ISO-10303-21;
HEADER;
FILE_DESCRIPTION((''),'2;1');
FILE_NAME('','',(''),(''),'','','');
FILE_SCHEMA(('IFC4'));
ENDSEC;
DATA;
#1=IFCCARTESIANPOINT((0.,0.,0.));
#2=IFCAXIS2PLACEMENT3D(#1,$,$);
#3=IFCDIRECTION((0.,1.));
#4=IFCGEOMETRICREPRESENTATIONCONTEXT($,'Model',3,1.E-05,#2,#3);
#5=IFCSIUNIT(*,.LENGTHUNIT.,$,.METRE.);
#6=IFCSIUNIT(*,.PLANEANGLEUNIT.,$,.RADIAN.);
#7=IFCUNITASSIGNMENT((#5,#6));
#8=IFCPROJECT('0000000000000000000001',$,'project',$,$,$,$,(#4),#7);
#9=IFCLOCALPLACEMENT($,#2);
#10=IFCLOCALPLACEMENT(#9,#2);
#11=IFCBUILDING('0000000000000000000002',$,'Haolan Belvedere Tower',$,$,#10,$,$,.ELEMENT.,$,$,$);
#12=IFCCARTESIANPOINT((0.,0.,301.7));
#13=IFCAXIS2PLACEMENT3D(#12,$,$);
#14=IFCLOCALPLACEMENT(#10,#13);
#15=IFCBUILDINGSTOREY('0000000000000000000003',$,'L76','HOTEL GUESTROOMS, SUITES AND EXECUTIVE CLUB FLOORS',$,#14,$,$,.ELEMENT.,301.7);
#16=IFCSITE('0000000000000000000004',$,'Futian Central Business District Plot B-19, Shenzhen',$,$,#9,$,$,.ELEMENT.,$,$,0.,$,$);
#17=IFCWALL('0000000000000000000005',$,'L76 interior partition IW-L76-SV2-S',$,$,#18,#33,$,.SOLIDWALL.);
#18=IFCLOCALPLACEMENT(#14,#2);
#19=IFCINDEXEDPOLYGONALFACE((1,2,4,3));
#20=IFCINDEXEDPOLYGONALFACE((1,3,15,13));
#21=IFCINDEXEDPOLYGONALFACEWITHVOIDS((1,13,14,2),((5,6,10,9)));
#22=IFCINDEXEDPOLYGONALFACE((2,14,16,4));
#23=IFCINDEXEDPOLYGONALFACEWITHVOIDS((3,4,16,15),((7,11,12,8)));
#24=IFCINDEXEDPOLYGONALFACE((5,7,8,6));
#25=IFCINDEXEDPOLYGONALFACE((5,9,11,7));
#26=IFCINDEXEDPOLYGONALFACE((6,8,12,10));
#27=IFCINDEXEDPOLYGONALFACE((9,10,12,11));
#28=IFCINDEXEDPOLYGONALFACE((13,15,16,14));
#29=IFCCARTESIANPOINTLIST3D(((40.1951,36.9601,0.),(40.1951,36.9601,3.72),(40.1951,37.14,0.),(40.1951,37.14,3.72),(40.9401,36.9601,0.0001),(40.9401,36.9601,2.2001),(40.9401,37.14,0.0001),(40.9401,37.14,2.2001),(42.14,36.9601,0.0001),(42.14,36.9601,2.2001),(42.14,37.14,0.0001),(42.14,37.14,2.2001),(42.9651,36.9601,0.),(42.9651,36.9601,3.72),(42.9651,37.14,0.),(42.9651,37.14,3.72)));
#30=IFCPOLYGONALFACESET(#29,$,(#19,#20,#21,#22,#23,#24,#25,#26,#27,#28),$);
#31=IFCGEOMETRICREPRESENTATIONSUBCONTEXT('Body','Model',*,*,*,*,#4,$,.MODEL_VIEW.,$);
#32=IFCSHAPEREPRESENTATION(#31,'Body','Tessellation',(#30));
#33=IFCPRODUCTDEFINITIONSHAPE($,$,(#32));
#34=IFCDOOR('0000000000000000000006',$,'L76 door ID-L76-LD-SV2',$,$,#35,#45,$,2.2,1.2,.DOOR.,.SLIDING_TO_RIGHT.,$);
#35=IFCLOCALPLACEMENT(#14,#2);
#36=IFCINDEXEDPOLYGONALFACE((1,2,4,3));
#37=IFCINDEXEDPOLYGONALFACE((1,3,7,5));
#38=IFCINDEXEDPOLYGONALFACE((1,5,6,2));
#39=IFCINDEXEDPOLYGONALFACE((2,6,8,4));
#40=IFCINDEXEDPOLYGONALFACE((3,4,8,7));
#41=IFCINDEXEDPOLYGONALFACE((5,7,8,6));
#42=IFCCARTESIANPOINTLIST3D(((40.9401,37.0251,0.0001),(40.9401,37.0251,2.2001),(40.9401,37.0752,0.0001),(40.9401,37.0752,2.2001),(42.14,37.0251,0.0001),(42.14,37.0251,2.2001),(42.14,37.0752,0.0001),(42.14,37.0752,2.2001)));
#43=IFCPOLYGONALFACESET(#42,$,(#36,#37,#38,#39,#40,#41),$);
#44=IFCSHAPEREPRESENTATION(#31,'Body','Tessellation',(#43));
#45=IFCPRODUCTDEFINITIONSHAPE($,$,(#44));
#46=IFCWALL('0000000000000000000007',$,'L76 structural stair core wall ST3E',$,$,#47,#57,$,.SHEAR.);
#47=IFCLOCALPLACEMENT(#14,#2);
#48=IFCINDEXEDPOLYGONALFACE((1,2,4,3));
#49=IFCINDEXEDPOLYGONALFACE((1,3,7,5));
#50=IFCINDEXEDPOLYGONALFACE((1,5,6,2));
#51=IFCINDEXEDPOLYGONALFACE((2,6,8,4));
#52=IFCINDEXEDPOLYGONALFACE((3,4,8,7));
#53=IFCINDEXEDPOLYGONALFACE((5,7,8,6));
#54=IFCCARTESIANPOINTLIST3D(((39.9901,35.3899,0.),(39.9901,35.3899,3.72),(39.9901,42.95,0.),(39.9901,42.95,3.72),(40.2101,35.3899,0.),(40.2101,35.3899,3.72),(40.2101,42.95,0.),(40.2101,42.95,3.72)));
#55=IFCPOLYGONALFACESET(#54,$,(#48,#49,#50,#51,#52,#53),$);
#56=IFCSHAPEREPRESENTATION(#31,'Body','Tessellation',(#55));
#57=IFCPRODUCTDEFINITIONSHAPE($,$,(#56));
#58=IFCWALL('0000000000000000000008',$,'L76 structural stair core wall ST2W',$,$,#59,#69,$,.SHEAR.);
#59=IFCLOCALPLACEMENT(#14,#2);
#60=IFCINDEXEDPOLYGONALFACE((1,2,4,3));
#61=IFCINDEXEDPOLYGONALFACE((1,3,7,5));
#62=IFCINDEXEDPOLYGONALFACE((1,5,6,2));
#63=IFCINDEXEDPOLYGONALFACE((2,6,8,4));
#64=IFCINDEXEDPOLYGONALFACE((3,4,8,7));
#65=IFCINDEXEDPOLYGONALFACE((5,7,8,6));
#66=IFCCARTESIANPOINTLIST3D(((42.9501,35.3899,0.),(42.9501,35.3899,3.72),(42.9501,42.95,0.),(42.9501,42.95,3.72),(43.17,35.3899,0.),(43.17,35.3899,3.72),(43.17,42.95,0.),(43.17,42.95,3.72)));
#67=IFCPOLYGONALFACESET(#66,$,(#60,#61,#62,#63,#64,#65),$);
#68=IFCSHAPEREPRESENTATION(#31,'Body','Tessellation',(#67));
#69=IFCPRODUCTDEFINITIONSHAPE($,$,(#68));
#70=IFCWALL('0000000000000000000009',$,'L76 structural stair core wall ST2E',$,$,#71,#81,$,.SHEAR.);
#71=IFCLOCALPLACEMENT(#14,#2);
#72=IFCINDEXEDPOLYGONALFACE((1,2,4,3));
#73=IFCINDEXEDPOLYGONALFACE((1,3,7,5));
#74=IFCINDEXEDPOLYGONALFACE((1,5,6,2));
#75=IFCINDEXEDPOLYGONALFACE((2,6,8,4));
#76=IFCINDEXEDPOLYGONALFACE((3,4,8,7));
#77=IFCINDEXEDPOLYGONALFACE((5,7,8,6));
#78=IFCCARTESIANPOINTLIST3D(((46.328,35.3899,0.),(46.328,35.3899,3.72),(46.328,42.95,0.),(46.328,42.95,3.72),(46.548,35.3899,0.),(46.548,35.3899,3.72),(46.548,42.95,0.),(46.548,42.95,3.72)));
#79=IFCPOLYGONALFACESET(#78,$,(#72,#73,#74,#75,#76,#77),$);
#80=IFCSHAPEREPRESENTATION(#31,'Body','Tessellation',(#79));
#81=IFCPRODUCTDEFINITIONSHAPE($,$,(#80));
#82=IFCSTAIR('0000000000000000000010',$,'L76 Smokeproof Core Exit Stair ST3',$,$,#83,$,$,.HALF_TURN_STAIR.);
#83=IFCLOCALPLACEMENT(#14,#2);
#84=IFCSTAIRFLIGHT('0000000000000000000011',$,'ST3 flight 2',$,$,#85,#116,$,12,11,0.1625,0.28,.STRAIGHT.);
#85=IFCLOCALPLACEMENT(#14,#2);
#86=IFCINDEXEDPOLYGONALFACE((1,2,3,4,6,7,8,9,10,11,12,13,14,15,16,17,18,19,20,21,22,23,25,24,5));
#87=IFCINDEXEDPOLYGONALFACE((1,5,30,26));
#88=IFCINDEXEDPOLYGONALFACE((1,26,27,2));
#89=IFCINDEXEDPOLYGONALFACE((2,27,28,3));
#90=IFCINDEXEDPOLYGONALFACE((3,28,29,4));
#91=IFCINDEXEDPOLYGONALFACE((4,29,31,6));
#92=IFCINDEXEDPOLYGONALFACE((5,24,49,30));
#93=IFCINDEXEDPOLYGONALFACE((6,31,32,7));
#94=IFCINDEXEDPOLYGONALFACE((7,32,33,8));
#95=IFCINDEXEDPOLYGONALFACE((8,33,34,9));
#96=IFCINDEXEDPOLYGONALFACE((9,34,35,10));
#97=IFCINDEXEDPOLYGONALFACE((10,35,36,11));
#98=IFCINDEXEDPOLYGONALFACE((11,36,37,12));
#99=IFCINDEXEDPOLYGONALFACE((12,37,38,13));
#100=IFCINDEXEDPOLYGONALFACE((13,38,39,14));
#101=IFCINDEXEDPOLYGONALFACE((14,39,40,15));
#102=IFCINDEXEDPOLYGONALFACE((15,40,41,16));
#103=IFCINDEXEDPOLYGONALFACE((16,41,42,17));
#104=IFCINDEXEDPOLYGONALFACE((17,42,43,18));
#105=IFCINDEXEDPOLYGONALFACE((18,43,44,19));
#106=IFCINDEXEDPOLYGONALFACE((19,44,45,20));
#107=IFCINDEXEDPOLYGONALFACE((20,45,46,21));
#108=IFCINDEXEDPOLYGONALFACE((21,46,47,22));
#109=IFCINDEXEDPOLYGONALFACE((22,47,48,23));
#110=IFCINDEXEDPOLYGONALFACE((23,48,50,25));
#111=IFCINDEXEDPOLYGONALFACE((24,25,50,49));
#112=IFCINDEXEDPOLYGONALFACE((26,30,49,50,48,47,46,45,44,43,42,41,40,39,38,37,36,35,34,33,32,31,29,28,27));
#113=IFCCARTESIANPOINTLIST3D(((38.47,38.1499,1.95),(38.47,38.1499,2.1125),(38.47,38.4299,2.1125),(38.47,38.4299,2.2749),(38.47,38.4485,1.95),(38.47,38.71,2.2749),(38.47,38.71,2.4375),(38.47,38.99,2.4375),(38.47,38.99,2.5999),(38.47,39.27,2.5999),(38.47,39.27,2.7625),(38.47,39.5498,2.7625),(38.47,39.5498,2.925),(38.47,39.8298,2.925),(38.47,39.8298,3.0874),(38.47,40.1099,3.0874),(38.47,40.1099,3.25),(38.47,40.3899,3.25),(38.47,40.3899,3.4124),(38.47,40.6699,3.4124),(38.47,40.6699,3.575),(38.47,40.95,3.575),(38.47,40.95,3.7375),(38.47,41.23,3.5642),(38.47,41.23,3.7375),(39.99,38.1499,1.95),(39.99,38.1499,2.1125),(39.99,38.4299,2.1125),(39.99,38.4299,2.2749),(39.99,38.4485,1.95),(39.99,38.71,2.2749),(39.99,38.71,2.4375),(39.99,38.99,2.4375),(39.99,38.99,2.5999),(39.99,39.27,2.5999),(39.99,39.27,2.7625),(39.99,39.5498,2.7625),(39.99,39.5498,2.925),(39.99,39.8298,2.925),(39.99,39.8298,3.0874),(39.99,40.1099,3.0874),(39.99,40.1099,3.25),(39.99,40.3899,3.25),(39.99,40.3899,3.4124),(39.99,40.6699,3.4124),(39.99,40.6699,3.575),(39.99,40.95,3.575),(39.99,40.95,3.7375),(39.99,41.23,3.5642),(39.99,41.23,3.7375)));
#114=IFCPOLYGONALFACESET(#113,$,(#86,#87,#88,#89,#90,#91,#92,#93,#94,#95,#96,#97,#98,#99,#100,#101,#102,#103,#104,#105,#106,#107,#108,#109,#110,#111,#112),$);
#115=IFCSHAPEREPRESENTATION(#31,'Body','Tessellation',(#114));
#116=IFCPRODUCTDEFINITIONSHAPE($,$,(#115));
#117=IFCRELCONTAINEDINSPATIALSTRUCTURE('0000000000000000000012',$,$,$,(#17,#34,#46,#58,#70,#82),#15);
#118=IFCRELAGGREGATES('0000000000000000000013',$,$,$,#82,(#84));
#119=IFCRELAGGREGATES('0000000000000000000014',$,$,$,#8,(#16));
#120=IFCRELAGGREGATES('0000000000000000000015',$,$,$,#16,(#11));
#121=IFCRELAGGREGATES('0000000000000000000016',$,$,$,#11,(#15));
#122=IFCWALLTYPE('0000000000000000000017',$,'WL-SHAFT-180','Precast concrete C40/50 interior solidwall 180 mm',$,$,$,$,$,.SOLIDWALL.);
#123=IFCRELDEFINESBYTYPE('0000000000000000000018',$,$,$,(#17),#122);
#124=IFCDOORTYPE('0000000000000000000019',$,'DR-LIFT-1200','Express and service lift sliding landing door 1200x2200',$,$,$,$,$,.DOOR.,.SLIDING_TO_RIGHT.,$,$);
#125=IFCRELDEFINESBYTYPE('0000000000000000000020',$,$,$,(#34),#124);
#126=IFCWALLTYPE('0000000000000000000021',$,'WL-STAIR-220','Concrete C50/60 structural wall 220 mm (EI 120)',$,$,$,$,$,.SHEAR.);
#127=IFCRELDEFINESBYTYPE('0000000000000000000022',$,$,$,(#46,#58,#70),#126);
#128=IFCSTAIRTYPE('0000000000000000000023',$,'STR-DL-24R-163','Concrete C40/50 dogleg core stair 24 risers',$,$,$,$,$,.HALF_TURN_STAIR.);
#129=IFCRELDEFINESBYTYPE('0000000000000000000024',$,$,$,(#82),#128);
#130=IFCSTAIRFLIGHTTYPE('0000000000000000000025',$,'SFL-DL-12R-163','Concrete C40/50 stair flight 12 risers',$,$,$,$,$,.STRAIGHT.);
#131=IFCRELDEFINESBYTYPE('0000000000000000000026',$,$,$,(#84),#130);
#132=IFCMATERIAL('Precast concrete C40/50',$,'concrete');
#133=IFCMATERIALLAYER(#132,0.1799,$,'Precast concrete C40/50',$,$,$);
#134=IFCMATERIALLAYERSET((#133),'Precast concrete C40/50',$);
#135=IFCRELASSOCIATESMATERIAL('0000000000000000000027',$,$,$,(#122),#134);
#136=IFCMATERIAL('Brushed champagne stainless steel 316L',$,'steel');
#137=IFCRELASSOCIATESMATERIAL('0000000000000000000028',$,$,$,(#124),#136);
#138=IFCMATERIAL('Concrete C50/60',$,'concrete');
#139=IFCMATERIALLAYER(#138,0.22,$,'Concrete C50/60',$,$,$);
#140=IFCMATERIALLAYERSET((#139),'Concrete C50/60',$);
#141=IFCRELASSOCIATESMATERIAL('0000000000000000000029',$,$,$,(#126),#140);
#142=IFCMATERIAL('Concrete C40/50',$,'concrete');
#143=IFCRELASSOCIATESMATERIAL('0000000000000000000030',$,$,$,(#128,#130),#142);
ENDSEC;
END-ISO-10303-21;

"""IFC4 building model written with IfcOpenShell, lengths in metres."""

from ifc_helpers import new_model, si_unit, direction, frame, frame_2d, origin, place, context, subcontext, project, spatial, polyline, rectangle, outline, extrude, material, layer, layer_set, type_object, element, fill, aggregate, save


model = new_model("IFC4")

# Units and contexts
model_context = context("Model", 3, precision=1e-05, world=origin(), true_north=direction((0.0, 1.0)))
body_context = subcontext(model_context, "Body", "Model", "MODEL_VIEW")
ifc_project = project(units=[si_unit("LENGTHUNIT", "METRE"), si_unit("PLANEANGLEUNIT", "RADIAN")], contexts=[model_context])

# Site, building, storey
site_placement = place(None, origin())
site = spatial("IfcSite", under=ifc_project, at=site_placement, Name="Futian Central Business District Plot B-19, Shenzhen", CompositionType="ELEMENT", RefElevation=0.0)
building_placement = place(site_placement, origin())
building = spatial("IfcBuilding", under=site, at=building_placement, Name="Haolan Belvedere Tower", CompositionType="ELEMENT")
storey_placement = place(building_placement, frame((0.0, 0.0, 301.7)))
storey = spatial("IfcBuildingStorey", under=building, at=storey_placement, Name="L76", Description="HOTEL GUESTROOMS, SUITES AND EXECUTIVE CLUB FLOORS", CompositionType="ELEMENT", Elevation=301.7)

# Shared definitions
ifc_material_1 = material(Name="Concrete C50/60", Category="concrete")

# Shared definitions
ifc_material_2 = material(Name="Precast concrete C40/50", Category="concrete")

# Shared definitions
ifc_material_3 = material(Name="Brushed champagne stainless steel 316L", Category="steel")

# Wall, opening, door
ifc_layer_1 = layer(ifc_material_2, 0.1799, Name="Precast concrete C40/50")
ifc_layer_set_1 = layer_set([ifc_layer_1], Name="Precast concrete C40/50")
wall_type_1 = type_object("IfcWallType", Name="WL-SHAFT-180", Description="Precast concrete C40/50 interior solidwall 180 mm", PredefinedType="SOLIDWALL", material=ifc_layer_set_1)
wall_1_placement = place(storey_placement, frame((40.1951, 37.05, 0.0), z_axis=(0.0, 0.0, 1.0), x_axis=(1.0, 0.0, 0.0)))
wall_1 = element("IfcWall", 1, at=wall_1_placement, inside=storey, type_object=wall_type_1, Name="L76 interior partition IW-L76-SV2-S", PredefinedType="SOLIDWALL", context=body_context, shape_type="SweptSolid", body=[
    extrude(rectangle(XDim=2.77, YDim=0.1799, at=frame_2d((1.385, 0.0))), origin(), (0.0, 0.0, 1.0), 3.72),
])
opening_1_placement = place(wall_1_placement, frame((1.9451, 0.0, 0.0), z_axis=(0.0, 0.0, 1.0), x_axis=(-1.0, 0.0, 0.0)))
opening_1 = element("IfcOpeningElement", 2, at=opening_1_placement, cuts=wall_1, PredefinedType="OPENING", context=body_context, shape_type="SweptSolid", body=[
    extrude(rectangle(XDim=1.2, YDim=2.2, at=frame_2d((0.6001, 1.1001))), frame((0.0, 0.0999, 0.0), z_axis=(0.0, -1.0, 0.0), x_axis=(1.0, 0.0, 0.0)), (0.0, 0.0, 1.0), 0.2),
])
door_type_1 = type_object("IfcDoorType", Name="DR-LIFT-1200", Description="Express and service lift sliding landing door 1200x2200", OperationType="SLIDING_TO_RIGHT", PredefinedType="DOOR", material=ifc_material_3)
door_1_placement = place(opening_1_placement, origin())
door_1 = element("IfcDoor", 3, at=door_1_placement, inside=storey, type_object=door_type_1, Name="L76 door ID-L76-LD-SV2", OperationType="SLIDING_TO_RIGHT", OverallHeight=2.2, OverallWidth=1.2, PredefinedType="DOOR", context=body_context, shape_type="SweptSolid", body=[
    extrude(rectangle(XDim=1.2, YDim=2.2, at=frame_2d((0.6001, 1.1001))), frame((0.0, 0.0249, 0.0), z_axis=(0.0, -1.0, 0.0), x_axis=(1.0, 0.0, 0.0)), (0.0, 0.0, 1.0), 0.05),
])
fill(opening_1, door_1)

# Walls
ifc_layer_2 = layer(ifc_material_1, 0.22, Name="Concrete C50/60")
ifc_layer_set_2 = layer_set([ifc_layer_2], Name="Concrete C50/60")
wall_type_2 = type_object("IfcWallType", Name="WL-STAIR-220", Description="Concrete C50/60 structural wall 220 mm (EI 120)", PredefinedType="SHEAR", material=ifc_layer_set_2)
for number, where, z_axis, x_axis, name in (
    (4, (40.1001, 35.3899, 0.0), (0.0, 0.0, 1.0), (0.0, 1.0, 0.0), "L76 structural stair core wall ST3E"),
    (5, (43.0601, 35.3899, 0.0), (0.0, 0.0, 1.0), (0.0, 1.0, 0.0), "L76 structural stair core wall ST2W"),
    (6, (46.438, 35.3899, 0.0), (0.0, 0.0, 1.0), (0.0, 1.0, 0.0), "L76 structural stair core wall ST2E"),
):
    element("IfcWall", number, at=place(storey_placement, frame(where, z_axis=z_axis, x_axis=x_axis)), inside=storey, type_object=wall_type_2, Name=name, PredefinedType="SHEAR", context=body_context, shape_type="SweptSolid", body=[
        extrude(rectangle(XDim=7.5601, YDim=0.22, at=frame_2d((3.78, 0.0))), origin(), (0.0, 0.0, 1.0), 3.72),
    ])

# Stair, stair flight
ifc_material_4 = material(Name="Concrete C40/50", Category="concrete")
stair_type = type_object("IfcStairType", Name="STR-DL-24R-163", Description="Concrete C40/50 dogleg core stair 24 risers", PredefinedType="HALF_TURN_STAIR", material=ifc_material_4)
stair_placement = place(storey_placement, origin())
stair = element("IfcStair", 7, at=stair_placement, inside=storey, type_object=stair_type, Name="L76 Smokeproof Core Exit Stair ST3", PredefinedType="HALF_TURN_STAIR")
stair_flight_type = type_object("IfcStairFlightType", Name="SFL-DL-12R-163", Description="Concrete C40/50 stair flight 12 risers", PredefinedType="STRAIGHT", material=ifc_material_4)
stair_flight_placement = place(storey_placement, frame((39.23, 38.1499, 1.95), z_axis=(0.0, 0.0, 1.0), x_axis=(0.0, 1.0, 0.0)))
stair_flight = element("IfcStairFlight", 8, at=stair_flight_placement, type_object=stair_flight_type, Name="ST3 flight 2", NumberOfRisers=12, NumberOfTreads=11, PredefinedType="STRAIGHT", RiserHeight=0.1625, TreadLength=0.28, context=body_context, shape_type="SweptSolid", body=[
    extrude(outline(polyline([(0.0, 0.0), (0.0, 0.1626), (0.28, 0.1626), (0.28, 0.325), (0.5601, 0.325), (0.5601, 0.4875), (0.8401, 0.4875), (0.8401, 0.6499), (1.1201, 0.6499), (1.1201, 0.8125), (1.3999, 0.8125), (1.3999, 0.9751), (1.6799, 0.9751), (1.6799, 1.1375), (1.96, 1.1375), (1.96, 1.3), (2.24, 1.3), (2.24, 1.4624), (2.52, 1.4624), (2.52, 1.625), (2.8, 1.625), (2.8, 1.7876), (3.0801, 1.7876), (3.0801, 1.95), (3.0801, 1.6143), (0.2986, 0.0), (0.0, 0.0)])), frame((0.0, 0.76, 0.0), z_axis=(0.0, -1.0, 0.0), x_axis=(1.0, 0.0, 0.0)), (0.0, 0.0, 1.0), 1.52),
])
aggregate(stair, [stair_flight])

save(model, "model.ifc")
